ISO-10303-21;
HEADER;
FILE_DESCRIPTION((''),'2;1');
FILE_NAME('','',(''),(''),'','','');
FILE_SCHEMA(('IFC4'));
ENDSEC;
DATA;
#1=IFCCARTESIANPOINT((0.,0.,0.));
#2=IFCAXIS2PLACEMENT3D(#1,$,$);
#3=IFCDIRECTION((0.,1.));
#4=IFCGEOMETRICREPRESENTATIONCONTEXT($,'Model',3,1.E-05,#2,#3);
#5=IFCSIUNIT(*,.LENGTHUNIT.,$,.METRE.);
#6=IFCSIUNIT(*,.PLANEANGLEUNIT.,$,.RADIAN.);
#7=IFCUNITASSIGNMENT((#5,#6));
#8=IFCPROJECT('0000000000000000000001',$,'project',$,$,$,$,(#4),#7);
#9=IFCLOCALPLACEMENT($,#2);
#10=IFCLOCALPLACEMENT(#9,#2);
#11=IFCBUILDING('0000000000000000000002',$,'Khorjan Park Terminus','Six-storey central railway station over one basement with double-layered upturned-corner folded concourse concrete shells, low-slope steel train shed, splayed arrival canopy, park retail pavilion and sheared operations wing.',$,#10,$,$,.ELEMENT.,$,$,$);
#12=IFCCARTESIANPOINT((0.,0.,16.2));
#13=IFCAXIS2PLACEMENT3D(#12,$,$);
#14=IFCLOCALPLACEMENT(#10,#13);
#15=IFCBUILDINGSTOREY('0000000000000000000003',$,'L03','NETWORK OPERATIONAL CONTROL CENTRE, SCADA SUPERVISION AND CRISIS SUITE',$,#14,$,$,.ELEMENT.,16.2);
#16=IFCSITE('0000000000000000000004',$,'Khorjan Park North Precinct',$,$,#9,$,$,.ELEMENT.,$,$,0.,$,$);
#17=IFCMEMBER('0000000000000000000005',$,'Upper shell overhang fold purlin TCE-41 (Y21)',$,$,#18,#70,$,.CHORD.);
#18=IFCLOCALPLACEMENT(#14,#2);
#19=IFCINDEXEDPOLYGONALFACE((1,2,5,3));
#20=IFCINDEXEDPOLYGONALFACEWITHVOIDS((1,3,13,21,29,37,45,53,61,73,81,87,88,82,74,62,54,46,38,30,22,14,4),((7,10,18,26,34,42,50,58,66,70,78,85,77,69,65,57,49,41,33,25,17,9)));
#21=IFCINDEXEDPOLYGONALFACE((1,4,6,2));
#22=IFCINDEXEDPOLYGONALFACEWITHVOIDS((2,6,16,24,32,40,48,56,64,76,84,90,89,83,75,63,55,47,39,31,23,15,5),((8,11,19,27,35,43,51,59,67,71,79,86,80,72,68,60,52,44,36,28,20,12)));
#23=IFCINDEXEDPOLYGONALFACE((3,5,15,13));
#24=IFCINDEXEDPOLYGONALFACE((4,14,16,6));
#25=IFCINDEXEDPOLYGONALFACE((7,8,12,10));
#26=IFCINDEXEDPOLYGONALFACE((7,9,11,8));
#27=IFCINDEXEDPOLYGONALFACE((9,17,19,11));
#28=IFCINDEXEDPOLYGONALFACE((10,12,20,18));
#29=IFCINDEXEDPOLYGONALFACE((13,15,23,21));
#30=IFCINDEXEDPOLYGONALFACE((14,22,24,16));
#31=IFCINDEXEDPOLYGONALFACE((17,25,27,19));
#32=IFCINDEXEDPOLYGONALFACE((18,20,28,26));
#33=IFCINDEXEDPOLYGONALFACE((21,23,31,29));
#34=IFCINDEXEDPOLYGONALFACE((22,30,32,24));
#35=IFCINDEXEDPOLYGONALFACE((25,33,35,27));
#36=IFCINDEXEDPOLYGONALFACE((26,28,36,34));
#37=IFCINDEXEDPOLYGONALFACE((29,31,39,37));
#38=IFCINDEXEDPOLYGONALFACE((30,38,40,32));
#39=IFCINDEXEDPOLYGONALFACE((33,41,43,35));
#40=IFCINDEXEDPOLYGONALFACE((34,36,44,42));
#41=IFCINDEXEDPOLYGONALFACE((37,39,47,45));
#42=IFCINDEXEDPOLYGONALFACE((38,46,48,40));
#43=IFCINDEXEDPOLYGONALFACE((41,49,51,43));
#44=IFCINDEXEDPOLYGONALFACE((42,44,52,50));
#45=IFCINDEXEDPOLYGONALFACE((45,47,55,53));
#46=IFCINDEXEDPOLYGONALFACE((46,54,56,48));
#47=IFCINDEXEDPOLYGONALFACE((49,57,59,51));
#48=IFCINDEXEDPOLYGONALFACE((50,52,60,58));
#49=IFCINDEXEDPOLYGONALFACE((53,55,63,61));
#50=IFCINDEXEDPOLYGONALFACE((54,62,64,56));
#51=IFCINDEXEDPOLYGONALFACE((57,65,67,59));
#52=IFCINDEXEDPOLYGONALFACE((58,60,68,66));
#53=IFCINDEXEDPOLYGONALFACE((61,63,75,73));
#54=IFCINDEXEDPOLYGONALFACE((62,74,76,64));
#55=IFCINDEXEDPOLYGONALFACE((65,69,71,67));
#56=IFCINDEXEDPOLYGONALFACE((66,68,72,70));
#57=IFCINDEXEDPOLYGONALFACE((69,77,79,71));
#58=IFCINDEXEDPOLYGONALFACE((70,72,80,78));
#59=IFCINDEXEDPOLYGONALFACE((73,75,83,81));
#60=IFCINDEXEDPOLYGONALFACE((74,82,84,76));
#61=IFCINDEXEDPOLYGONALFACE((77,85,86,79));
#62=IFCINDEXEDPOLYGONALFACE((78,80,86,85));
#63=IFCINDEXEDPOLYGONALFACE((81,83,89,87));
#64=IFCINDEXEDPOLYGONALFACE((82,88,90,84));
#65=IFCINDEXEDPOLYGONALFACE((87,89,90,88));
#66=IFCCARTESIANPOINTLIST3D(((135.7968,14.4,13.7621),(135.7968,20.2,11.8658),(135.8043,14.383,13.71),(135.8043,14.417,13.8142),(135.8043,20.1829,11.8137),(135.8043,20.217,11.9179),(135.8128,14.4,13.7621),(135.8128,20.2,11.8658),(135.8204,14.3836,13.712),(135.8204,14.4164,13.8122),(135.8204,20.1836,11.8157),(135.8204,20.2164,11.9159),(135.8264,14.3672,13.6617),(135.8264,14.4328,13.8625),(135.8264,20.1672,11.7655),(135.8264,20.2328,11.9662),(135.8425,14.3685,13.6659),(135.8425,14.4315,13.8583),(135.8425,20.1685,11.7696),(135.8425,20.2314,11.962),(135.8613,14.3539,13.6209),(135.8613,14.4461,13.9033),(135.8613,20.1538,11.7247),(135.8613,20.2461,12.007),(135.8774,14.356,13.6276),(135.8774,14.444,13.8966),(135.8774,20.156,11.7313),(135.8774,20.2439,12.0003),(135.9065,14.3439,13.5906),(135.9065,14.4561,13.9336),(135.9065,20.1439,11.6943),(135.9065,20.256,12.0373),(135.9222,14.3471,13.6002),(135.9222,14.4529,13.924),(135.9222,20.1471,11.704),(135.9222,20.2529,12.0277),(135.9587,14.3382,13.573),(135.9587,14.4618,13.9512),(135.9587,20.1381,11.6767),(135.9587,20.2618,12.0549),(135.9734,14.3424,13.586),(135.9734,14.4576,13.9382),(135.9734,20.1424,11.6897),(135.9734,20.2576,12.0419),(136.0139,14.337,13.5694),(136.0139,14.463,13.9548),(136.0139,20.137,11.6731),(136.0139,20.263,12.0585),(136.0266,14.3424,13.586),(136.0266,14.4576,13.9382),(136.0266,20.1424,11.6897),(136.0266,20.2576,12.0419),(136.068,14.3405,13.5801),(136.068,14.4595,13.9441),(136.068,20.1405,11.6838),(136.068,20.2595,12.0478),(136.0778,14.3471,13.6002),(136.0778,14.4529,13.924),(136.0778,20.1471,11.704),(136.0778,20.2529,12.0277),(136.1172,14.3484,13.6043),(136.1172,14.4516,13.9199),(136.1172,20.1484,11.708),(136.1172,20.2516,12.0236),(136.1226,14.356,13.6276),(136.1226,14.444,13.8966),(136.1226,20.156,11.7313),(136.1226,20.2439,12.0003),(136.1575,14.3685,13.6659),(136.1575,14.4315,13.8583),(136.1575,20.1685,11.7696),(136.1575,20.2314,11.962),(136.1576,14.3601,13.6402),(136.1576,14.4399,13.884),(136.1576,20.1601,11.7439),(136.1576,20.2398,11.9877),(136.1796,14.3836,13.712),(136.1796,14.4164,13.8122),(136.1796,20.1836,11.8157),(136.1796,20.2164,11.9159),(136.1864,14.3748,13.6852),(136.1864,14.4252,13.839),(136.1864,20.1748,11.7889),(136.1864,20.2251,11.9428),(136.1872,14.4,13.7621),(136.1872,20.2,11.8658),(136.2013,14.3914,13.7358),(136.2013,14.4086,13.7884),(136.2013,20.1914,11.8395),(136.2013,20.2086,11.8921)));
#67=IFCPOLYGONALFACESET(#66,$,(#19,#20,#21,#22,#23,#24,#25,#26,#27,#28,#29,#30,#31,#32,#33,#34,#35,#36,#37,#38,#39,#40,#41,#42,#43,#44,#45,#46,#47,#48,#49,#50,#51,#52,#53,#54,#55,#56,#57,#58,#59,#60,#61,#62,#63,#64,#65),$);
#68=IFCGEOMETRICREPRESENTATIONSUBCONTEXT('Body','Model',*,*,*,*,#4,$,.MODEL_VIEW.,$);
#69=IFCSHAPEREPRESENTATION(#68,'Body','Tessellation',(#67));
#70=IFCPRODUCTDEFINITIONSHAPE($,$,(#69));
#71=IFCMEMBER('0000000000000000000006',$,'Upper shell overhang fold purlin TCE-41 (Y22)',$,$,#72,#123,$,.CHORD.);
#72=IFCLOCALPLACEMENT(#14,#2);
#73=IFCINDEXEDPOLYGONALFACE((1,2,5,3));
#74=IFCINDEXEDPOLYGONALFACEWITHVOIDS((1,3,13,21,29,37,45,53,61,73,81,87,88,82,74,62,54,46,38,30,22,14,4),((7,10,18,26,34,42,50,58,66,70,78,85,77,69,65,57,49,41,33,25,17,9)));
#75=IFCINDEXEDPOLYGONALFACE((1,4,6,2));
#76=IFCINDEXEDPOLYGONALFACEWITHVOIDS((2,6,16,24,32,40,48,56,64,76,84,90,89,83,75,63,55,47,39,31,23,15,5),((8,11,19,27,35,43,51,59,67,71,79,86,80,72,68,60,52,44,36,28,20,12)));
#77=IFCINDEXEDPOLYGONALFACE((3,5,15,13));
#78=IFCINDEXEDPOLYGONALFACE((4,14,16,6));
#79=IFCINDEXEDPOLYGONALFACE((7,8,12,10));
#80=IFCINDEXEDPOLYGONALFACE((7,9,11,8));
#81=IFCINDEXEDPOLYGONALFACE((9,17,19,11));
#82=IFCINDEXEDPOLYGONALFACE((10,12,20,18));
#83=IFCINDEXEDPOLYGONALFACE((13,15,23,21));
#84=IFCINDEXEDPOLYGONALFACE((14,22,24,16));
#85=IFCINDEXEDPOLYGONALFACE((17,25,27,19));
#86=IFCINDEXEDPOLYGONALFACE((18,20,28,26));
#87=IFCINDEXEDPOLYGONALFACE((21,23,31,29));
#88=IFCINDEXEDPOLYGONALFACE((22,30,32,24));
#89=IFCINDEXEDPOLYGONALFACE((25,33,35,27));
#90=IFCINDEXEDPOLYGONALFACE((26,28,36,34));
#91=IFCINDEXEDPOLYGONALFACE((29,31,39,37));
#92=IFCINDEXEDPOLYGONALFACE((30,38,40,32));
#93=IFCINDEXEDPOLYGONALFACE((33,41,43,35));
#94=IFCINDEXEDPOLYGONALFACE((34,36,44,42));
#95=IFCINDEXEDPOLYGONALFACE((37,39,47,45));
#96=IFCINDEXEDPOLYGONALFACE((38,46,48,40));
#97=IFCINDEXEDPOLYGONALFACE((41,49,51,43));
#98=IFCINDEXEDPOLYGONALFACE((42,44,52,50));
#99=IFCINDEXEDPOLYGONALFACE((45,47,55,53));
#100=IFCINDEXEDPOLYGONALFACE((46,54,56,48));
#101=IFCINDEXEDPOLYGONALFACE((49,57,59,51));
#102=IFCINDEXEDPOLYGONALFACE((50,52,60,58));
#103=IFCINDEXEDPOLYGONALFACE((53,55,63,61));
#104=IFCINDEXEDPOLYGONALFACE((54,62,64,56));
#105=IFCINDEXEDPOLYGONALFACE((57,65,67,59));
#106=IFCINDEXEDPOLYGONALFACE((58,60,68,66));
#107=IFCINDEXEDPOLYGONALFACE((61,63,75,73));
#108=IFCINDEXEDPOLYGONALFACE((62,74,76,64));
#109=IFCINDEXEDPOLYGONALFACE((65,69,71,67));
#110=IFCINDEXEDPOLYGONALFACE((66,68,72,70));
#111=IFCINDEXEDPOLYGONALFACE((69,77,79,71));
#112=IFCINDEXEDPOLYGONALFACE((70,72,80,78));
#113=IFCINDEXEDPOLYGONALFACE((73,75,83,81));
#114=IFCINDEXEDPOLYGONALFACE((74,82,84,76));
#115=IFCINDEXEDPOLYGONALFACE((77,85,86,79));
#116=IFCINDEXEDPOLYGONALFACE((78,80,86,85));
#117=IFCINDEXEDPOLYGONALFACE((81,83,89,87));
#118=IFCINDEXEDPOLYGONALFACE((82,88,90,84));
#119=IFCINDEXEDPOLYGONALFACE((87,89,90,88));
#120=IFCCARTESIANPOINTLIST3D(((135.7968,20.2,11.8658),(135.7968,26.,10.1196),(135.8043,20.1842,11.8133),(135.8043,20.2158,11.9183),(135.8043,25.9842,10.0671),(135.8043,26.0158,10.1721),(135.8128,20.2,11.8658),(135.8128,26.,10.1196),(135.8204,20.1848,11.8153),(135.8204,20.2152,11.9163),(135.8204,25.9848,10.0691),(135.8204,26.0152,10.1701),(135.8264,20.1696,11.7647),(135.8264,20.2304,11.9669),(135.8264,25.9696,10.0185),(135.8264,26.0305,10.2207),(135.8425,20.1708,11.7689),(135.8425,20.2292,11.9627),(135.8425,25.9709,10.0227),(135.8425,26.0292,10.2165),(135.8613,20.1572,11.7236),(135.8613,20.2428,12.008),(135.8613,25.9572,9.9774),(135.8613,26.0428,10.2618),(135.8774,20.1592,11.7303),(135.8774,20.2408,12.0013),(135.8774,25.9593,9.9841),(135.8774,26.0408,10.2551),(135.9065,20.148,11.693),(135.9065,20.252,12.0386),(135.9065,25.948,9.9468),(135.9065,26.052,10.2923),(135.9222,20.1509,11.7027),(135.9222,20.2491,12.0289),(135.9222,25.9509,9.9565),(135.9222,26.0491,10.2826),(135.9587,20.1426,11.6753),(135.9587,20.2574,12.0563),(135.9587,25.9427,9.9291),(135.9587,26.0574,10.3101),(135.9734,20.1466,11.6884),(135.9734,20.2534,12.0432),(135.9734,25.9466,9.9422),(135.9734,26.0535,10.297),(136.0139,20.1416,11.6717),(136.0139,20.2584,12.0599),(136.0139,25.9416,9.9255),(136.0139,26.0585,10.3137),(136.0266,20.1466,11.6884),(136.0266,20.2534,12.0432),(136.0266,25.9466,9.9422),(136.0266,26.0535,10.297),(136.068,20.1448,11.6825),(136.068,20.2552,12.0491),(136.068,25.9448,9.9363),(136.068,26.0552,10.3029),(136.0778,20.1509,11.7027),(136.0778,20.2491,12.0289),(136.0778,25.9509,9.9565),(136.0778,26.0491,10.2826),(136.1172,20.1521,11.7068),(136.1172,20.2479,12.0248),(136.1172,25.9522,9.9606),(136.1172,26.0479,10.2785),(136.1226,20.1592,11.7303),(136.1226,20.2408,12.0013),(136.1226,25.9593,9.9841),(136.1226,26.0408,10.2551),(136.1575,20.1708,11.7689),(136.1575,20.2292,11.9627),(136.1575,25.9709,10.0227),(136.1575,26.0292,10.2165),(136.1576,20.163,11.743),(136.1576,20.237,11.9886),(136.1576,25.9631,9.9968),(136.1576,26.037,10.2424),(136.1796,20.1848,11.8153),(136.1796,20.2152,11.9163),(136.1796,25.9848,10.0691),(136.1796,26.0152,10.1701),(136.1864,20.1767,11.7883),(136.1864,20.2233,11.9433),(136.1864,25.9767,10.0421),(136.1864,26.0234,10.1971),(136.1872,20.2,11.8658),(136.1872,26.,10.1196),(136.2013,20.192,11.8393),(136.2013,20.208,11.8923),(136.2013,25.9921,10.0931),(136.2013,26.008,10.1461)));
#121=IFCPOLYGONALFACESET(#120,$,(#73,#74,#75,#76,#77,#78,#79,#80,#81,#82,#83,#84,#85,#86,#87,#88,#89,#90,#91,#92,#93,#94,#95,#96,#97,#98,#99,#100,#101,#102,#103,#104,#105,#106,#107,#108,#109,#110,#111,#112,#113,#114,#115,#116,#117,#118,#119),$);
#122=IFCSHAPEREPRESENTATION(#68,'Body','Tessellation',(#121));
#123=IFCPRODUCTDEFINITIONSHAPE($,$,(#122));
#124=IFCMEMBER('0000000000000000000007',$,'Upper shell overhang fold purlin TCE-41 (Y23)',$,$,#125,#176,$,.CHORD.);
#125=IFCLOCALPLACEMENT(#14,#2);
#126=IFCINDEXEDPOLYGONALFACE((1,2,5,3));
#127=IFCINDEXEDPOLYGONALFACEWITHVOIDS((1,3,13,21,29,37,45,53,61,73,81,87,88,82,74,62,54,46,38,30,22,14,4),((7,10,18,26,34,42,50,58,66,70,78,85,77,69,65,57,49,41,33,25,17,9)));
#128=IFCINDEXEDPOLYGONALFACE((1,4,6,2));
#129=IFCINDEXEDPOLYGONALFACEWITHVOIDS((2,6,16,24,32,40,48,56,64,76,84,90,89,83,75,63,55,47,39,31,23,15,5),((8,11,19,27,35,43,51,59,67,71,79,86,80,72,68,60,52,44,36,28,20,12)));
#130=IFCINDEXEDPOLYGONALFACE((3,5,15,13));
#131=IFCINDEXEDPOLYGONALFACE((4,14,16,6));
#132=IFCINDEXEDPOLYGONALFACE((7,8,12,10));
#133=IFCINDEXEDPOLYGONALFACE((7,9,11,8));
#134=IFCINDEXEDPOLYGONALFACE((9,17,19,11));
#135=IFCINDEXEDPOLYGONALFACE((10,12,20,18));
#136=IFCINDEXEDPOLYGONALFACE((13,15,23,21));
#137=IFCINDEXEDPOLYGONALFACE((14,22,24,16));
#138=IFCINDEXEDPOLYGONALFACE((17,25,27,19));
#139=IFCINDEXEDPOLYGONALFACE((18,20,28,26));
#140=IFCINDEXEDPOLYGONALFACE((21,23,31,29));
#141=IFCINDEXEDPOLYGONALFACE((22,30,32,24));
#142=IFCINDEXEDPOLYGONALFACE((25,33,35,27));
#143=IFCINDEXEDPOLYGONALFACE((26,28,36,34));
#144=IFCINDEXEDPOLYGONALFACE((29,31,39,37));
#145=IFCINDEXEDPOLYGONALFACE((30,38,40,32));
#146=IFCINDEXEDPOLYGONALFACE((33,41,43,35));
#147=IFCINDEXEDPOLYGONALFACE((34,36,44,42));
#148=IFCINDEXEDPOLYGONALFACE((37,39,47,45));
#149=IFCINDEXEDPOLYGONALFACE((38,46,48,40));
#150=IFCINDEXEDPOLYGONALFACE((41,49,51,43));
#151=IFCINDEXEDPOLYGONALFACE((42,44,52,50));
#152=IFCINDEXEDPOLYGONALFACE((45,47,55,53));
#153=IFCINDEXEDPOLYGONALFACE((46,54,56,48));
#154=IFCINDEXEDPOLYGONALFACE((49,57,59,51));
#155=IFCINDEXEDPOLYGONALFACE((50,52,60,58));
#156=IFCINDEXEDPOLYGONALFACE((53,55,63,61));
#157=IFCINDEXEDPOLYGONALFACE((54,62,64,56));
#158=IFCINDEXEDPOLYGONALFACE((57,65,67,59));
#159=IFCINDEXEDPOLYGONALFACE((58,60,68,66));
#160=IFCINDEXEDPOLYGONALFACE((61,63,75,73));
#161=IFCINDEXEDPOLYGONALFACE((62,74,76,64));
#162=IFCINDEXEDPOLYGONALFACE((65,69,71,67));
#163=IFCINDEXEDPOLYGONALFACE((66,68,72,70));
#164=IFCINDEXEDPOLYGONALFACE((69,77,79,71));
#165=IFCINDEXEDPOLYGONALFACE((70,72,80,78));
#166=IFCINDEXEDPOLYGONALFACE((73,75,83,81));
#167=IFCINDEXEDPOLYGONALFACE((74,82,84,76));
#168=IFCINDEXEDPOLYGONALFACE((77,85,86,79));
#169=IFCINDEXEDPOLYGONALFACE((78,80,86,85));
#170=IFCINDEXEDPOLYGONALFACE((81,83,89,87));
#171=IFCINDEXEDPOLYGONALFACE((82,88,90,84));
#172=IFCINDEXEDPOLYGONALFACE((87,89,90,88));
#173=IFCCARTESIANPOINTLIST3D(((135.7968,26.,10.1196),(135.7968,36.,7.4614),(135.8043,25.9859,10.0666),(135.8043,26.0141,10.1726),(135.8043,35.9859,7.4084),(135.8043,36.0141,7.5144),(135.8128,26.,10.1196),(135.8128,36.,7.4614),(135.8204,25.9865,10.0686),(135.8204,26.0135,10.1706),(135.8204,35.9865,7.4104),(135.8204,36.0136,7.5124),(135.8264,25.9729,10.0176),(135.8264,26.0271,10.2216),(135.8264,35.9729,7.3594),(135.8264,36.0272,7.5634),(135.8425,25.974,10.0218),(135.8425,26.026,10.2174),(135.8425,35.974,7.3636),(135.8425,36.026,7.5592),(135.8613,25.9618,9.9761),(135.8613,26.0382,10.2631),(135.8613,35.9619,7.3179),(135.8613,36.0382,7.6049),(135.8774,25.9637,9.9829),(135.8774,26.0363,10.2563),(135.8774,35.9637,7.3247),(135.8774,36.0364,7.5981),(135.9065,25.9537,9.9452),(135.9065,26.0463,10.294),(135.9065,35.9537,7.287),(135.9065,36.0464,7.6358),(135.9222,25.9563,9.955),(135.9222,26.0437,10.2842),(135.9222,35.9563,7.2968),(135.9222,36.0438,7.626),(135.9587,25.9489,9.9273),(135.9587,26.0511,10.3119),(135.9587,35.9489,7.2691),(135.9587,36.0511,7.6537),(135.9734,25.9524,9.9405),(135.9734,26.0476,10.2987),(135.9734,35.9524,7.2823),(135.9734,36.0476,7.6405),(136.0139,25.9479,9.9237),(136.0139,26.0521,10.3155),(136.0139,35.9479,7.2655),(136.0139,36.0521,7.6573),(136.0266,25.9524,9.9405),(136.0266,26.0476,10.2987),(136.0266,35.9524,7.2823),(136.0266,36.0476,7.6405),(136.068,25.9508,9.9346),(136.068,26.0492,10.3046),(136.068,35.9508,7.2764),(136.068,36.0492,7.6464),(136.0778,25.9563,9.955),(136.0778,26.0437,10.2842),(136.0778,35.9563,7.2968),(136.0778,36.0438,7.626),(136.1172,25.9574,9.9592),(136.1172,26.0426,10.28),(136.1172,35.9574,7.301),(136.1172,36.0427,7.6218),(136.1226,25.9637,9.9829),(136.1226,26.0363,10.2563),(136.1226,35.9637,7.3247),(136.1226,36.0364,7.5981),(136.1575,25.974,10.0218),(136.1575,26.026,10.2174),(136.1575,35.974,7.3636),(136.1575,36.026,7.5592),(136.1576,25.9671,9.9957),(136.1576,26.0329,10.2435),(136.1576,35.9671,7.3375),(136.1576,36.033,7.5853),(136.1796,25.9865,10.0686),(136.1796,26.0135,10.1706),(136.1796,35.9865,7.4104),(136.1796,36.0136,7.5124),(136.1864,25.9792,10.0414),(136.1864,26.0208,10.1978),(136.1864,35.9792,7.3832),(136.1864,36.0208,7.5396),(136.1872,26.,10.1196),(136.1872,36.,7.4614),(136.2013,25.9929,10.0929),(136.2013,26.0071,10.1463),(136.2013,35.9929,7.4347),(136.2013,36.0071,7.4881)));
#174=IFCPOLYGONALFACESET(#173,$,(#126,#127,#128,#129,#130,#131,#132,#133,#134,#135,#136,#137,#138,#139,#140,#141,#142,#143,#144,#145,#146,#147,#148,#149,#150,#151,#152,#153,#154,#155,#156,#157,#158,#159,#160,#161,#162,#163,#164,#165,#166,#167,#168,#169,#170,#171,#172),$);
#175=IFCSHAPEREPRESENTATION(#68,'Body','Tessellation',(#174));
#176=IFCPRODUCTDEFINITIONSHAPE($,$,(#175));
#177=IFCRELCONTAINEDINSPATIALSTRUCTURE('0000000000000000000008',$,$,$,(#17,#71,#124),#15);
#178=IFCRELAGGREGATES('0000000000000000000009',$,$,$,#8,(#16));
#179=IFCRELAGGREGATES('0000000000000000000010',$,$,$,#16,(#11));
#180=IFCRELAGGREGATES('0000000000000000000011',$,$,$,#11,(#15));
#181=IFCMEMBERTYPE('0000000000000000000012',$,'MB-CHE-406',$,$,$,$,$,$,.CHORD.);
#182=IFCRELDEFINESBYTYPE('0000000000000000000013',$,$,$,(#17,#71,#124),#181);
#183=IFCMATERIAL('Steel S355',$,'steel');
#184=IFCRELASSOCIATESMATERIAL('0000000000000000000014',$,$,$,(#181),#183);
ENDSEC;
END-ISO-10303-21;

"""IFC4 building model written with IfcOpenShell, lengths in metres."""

from ifc_helpers import new_model, si_unit, direction, frame, origin, origin_2d, place, context, subcontext, project, spatial, hollow_circle, extrude, material, material_profile, profile_set, type_object, element, save


model = new_model("IFC4")

# Units and contexts
model_context = context("Model", 3, precision=1e-05, world=origin(), true_north=direction((0.0, 1.0)))
body_context = subcontext(model_context, "Body", "Model", "MODEL_VIEW")
ifc_project = project(units=[si_unit("LENGTHUNIT", "METRE"), si_unit("PLANEANGLEUNIT", "RADIAN")], contexts=[model_context])

# Site, building, storey
site_placement = place(None, origin())
site = spatial("IfcSite", under=ifc_project, at=site_placement, Name="Khorjan Park North Precinct", CompositionType="ELEMENT", RefElevation=0.0)
building_placement = place(site_placement, origin())
building = spatial("IfcBuilding", under=site, at=building_placement, Name="Khorjan Park Terminus", Description="Six-storey central railway station over one basement with double-layered upturned-corner folded concourse concrete shells, low-slope steel train shed, splayed arrival canopy, park retail pavilion and sheared operations wing.", CompositionType="ELEMENT")
storey_placement = place(building_placement, frame((0.0, 0.0, 16.2)))
storey = spatial("IfcBuildingStorey", under=building, at=storey_placement, Name="L03", Description="NETWORK OPERATIONAL CONTROL CENTRE, SCADA SUPERVISION AND CRISIS SUITE", CompositionType="ELEMENT", Elevation=16.2)

# Members
ifc_material_1 = material(Name="Steel S355", Category="steel")
ifc_material_profile_1 = material_profile(ifc_material_1, hollow_circle(Radius=0.2032, WallThickness=0.016, at=origin_2d()), Name="CHS 406.4x16")
ifc_profile_set_1 = profile_set([ifc_material_profile_1], Name="Steel S355")
member_type_1 = type_object("IfcMemberType", Name="MB-CHE-406", PredefinedType="CHORD", material=ifc_profile_set_1)
member_1_placement = place(storey_placement, frame((136.0, 14.4, 13.7621), z_axis=(0.0, 0.950488, -0.31076), x_axis=(-1.0, 0.0, 0.0)))
element("IfcMember", 1, at=member_1_placement, inside=storey, type_object=member_type_1, Name="Upper shell overhang fold purlin TCE-41 (Y21)", PredefinedType="CHORD", context=body_context, shape_type="SweptSolid", body=[
    extrude(hollow_circle(Radius=0.2032, WallThickness=0.016, at=origin_2d()), origin(), (0.0, 0.0, 1.0), 6.1021),
])
member_2_placement = place(storey_placement, frame((136.0, 20.2, 11.8658), z_axis=(0.0, 0.957544, -0.288287), x_axis=(-1.0, 0.0, 0.0)))
element("IfcMember", 2, at=member_2_placement, inside=storey, type_object=member_type_1, Name="Upper shell overhang fold purlin TCE-41 (Y22)", PredefinedType="CHORD", context=body_context, shape_type="SweptSolid", body=[
    extrude(hollow_circle(Radius=0.2032, WallThickness=0.016, at=origin_2d()), origin(), (0.0, 0.0, 1.0), 6.0572),
])
member_3_placement = place(storey_placement, frame((136.0, 26.0, 10.1196), z_axis=(0.0, 0.966438, -0.256899), x_axis=(-1.0, 0.0, 0.0)))
element("IfcMember", 3, at=member_3_placement, inside=storey, type_object=member_type_1, Name="Upper shell overhang fold purlin TCE-41 (Y23)", PredefinedType="CHORD", context=body_context, shape_type="SweptSolid", body=[
    extrude(hollow_circle(Radius=0.2032, WallThickness=0.016, at=origin_2d()), origin(), (0.0, 0.0, 1.0), 10.3473),
])

save(model, "model.ifc")
